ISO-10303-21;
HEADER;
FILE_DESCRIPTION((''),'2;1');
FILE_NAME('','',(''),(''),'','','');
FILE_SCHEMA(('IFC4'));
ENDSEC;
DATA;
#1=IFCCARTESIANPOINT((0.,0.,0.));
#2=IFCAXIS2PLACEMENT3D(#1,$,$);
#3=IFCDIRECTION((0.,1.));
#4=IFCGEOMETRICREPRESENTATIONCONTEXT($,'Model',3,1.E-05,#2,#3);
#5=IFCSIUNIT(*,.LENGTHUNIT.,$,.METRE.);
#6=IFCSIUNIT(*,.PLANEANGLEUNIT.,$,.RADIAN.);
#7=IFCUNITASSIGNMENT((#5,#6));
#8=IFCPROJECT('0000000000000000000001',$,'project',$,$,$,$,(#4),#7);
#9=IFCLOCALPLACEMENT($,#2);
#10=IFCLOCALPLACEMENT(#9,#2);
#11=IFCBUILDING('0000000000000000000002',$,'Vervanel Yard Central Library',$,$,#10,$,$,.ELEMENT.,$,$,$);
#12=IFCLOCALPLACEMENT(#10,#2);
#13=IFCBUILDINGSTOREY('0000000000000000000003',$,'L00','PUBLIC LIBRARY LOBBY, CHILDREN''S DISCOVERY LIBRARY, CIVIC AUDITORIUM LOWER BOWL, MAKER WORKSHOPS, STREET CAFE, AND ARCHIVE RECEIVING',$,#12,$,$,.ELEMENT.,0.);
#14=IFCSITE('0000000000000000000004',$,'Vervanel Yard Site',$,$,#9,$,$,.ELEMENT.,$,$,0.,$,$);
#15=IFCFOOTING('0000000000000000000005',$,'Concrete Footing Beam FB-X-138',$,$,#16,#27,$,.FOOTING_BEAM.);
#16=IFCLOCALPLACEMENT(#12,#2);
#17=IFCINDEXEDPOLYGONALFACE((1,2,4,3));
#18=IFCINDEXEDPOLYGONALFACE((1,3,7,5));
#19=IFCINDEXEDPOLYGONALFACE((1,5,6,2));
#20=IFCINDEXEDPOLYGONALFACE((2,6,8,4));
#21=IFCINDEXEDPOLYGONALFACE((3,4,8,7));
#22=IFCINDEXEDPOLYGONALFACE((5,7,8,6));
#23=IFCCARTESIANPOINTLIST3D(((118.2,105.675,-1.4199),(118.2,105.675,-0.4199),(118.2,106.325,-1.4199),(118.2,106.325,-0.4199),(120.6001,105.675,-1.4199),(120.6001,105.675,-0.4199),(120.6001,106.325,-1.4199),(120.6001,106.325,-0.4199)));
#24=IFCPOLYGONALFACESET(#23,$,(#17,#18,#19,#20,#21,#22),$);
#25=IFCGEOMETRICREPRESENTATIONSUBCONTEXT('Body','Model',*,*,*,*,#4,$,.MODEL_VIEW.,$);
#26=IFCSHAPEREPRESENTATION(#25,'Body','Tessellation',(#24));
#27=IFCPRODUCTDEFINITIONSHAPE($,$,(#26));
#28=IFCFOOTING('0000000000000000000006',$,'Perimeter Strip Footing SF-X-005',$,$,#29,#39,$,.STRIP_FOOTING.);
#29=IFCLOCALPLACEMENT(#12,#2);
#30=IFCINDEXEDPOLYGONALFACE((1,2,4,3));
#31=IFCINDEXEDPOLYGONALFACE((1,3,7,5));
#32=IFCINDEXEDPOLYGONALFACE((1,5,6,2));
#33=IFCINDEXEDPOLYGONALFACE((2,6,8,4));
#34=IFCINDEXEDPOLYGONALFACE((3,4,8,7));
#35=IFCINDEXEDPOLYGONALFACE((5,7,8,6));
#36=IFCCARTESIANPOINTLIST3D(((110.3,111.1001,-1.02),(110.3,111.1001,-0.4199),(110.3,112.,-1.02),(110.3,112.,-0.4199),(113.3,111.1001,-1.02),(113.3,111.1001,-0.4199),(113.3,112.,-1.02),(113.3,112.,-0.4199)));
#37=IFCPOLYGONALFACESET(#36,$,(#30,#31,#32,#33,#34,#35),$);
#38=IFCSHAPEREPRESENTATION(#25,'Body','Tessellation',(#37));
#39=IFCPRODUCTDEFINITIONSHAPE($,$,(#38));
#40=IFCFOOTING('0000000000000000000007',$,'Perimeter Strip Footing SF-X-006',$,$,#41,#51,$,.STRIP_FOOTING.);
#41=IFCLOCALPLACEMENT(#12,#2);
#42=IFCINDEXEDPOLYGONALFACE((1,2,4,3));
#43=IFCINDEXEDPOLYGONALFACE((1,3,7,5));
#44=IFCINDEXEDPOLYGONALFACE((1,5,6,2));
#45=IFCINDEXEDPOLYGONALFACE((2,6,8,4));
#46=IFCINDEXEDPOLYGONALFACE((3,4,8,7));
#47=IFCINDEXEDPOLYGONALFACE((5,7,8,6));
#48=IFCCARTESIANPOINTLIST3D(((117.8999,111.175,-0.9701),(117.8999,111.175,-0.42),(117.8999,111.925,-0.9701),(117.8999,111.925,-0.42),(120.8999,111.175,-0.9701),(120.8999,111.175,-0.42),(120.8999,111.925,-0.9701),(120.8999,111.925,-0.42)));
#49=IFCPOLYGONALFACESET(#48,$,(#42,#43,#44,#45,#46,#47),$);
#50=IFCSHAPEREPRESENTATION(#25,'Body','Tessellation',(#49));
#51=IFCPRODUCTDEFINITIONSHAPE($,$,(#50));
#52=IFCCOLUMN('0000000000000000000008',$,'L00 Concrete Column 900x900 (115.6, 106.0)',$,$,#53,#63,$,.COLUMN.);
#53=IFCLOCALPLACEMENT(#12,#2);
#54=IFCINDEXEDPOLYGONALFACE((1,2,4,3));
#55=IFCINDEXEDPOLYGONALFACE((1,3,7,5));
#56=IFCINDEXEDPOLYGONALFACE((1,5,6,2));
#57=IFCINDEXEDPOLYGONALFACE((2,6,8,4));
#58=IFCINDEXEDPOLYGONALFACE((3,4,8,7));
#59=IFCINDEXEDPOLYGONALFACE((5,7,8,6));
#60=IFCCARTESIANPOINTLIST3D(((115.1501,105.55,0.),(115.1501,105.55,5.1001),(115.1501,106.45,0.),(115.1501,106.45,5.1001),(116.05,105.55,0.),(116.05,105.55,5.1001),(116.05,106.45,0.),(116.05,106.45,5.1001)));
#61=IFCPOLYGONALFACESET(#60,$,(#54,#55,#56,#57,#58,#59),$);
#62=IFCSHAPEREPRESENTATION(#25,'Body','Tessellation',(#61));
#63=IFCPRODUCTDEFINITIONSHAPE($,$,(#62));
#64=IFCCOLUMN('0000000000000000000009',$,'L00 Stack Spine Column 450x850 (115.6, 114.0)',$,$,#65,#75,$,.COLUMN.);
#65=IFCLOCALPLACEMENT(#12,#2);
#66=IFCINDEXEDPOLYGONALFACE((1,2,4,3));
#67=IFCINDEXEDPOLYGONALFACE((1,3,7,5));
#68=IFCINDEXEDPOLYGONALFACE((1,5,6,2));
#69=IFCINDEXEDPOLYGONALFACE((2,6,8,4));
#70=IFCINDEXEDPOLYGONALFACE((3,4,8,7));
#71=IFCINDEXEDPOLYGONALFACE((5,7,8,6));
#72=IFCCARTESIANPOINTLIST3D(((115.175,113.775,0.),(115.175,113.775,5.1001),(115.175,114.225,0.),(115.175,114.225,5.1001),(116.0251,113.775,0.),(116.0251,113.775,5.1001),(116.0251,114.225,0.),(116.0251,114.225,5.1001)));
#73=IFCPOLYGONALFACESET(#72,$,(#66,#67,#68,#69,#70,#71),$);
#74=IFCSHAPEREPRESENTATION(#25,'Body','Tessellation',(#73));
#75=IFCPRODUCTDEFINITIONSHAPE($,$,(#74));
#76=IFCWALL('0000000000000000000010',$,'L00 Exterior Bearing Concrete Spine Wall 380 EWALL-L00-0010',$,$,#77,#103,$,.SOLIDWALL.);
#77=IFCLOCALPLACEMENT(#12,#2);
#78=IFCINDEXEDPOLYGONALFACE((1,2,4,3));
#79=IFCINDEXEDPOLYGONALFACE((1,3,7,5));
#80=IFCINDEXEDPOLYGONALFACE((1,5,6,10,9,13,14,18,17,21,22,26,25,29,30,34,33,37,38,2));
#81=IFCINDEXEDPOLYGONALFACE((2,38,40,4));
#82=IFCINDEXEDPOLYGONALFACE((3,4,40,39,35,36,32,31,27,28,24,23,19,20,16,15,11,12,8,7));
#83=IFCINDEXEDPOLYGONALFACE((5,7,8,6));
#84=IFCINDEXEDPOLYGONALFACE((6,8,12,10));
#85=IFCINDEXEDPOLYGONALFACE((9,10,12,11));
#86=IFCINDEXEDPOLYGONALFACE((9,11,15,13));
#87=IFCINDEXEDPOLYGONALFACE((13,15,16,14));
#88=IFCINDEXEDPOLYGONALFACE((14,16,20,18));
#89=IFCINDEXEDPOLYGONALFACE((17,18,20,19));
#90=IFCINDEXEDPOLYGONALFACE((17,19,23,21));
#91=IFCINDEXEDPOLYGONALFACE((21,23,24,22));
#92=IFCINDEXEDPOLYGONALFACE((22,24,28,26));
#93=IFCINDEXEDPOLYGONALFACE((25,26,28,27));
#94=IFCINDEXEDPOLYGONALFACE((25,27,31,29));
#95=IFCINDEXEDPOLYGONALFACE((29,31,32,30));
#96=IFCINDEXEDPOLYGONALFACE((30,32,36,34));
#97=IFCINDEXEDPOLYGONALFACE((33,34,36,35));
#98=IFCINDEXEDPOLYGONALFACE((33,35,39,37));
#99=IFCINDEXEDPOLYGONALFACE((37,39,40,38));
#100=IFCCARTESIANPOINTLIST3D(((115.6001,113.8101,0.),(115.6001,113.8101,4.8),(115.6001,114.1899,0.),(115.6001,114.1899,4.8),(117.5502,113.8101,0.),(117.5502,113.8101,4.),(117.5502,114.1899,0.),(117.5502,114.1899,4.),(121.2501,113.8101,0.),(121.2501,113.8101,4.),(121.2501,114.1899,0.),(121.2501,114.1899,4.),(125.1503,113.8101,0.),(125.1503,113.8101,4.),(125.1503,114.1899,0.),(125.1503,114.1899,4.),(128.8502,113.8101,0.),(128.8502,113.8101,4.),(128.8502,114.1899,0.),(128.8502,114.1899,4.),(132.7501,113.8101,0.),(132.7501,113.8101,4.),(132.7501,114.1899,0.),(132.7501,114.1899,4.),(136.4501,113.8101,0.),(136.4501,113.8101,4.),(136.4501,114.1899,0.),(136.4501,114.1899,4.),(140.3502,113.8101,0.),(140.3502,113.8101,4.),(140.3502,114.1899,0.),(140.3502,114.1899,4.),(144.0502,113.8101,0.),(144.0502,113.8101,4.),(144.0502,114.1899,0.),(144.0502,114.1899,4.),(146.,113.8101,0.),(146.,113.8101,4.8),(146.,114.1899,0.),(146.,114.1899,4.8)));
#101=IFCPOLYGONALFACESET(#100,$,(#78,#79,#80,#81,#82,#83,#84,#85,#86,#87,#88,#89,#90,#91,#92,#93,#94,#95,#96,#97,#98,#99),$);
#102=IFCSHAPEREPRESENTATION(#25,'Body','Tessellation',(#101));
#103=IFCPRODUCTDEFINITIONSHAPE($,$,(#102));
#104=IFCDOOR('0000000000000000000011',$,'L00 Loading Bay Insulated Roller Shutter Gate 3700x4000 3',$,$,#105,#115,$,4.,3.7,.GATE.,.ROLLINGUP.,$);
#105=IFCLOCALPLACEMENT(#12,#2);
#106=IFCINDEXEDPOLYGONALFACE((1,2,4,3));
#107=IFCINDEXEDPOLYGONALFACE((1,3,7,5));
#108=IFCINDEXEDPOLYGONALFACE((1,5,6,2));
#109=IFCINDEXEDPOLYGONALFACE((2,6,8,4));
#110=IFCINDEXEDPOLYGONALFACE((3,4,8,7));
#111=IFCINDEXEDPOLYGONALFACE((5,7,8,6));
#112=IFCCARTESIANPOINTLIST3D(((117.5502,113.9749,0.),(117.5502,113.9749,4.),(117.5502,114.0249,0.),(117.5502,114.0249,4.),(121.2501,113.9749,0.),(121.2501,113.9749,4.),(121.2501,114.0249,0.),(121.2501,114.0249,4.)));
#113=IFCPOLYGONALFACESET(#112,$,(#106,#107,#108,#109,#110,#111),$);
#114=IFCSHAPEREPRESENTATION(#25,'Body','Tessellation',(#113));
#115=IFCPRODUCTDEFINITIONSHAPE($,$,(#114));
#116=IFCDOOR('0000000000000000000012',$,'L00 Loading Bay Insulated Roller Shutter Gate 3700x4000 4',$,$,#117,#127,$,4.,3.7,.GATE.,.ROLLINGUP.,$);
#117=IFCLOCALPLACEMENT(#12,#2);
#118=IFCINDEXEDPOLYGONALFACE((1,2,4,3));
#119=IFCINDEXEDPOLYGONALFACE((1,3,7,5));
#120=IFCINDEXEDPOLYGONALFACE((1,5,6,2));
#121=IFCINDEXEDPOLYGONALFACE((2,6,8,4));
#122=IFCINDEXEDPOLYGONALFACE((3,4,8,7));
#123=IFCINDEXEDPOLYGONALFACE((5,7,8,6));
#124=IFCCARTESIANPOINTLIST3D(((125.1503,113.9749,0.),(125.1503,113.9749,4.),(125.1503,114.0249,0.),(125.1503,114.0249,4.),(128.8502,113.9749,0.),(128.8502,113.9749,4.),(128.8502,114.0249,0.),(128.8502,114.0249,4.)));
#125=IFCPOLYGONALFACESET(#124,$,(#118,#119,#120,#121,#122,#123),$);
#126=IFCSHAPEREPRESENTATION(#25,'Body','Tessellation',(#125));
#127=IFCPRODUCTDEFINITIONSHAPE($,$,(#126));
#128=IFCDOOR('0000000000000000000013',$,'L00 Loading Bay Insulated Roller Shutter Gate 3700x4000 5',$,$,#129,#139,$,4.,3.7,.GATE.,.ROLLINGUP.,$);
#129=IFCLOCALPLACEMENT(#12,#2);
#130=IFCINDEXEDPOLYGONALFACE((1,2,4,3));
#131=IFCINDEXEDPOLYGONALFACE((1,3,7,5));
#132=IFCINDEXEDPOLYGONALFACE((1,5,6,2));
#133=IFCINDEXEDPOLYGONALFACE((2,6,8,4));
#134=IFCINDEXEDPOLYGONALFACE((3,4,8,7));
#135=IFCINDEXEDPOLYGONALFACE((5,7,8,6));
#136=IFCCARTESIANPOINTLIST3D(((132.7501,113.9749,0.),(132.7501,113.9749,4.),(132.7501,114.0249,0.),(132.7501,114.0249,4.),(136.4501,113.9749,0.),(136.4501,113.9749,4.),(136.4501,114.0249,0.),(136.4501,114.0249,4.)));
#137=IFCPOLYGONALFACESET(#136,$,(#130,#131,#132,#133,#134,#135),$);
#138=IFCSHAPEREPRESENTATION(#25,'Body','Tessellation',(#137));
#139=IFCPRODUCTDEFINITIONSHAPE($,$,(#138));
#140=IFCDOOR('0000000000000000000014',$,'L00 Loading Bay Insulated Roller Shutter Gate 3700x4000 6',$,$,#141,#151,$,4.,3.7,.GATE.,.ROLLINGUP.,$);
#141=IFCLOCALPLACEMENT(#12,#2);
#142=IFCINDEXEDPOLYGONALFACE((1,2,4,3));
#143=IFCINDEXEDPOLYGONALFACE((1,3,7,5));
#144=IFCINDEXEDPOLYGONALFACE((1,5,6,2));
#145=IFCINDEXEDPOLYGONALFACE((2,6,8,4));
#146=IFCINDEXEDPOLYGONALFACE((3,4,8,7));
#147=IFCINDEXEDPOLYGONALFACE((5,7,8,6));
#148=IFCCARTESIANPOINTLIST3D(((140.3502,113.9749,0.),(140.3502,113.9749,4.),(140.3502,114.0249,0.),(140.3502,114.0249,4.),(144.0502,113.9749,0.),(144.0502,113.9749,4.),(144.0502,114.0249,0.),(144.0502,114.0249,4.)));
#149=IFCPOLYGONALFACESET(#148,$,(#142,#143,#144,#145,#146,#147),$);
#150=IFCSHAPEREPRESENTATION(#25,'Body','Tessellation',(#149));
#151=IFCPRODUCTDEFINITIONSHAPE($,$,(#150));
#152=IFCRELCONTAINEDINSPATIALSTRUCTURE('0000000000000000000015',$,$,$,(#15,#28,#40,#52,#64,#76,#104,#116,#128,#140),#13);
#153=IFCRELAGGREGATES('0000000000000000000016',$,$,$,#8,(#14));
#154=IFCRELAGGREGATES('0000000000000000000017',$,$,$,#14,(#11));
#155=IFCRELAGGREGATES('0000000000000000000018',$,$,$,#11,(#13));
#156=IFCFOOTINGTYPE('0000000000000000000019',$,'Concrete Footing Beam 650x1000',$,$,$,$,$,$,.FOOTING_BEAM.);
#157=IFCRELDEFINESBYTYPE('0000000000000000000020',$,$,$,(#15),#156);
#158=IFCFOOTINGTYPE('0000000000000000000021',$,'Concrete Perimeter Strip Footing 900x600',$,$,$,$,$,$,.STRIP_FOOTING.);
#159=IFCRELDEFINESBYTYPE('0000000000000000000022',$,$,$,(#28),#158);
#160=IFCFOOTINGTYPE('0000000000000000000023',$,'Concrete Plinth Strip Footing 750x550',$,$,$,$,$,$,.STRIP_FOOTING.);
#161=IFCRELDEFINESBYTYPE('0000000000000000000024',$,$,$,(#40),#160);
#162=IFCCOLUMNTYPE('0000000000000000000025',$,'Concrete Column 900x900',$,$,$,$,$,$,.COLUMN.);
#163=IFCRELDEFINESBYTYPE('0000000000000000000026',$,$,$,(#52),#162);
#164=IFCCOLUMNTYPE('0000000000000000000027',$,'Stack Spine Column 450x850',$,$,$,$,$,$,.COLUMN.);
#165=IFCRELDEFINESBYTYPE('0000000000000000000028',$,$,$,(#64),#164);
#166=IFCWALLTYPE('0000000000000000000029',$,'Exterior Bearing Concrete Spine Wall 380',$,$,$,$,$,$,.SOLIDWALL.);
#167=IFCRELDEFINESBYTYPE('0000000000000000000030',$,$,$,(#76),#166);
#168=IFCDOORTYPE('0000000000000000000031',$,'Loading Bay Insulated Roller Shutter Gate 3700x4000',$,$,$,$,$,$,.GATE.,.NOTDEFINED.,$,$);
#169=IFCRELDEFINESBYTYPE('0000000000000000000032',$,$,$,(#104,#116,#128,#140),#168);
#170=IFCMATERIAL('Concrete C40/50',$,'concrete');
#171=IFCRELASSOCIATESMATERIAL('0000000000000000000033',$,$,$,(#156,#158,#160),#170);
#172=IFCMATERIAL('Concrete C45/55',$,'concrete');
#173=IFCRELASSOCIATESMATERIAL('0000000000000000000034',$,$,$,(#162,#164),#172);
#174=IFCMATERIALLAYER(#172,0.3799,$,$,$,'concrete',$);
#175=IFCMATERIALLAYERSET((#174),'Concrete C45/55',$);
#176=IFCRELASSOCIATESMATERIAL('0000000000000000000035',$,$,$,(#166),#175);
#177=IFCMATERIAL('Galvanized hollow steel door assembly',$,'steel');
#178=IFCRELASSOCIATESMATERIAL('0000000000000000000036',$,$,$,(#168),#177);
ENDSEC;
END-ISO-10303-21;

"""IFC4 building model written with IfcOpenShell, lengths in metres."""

from ifc_helpers import new_model, si_unit, direction, frame, frame_2d, origin, origin_2d, place, context, subcontext, project, spatial, rectangle, extrude, material, layer, layer_set, material_profile, profile_set, type_object, element, fill, save


model = new_model("IFC4")

# Units and contexts
model_context = context("Model", 3, precision=1e-05, world=origin(), true_north=direction((0.0, 1.0)))
body_context = subcontext(model_context, "Body", "Model", "MODEL_VIEW")
ifc_project = project(units=[si_unit("LENGTHUNIT", "METRE"), si_unit("PLANEANGLEUNIT", "RADIAN")], contexts=[model_context])

# Site, building, storey
site_placement = place(None, origin())
site = spatial("IfcSite", under=ifc_project, at=site_placement, Name="Vervanel Yard Site", CompositionType="ELEMENT", RefElevation=0.0)
building_placement = place(site_placement, origin())
building = spatial("IfcBuilding", under=site, at=building_placement, Name="Vervanel Yard Central Library", CompositionType="ELEMENT")
storey_placement = place(building_placement, origin())
storey = spatial("IfcBuildingStorey", under=building, at=storey_placement, Name="L00", Description="PUBLIC LIBRARY LOBBY, CHILDREN'S DISCOVERY LIBRARY, CIVIC AUDITORIUM LOWER BOWL, MAKER WORKSHOPS, STREET CAFE, AND ARCHIVE RECEIVING", CompositionType="ELEMENT", Elevation=0.0)

# Shared definitions
ifc_material_1 = material(Name="Concrete C40/50", Category="concrete")

# Footings
ifc_material_profile_1 = material_profile(ifc_material_1, rectangle(XDim=0.6499, YDim=1.0, at=origin_2d()), Name="RC 650x1000", Category="concrete")
ifc_profile_set_1 = profile_set([ifc_material_profile_1], Name="Concrete C40/50")
footing_type_1 = type_object("IfcFootingType", Name="Concrete Footing Beam 650x1000", PredefinedType="FOOTING_BEAM", material=ifc_profile_set_1)
footing_1_placement = place(storey_placement, frame((118.2, 106.0, -0.9199), z_axis=(1.0, 0.0, 0.0), x_axis=(0.0, 1.0, 0.0)))
element("IfcFooting", 1, at=footing_1_placement, inside=storey, type_object=footing_type_1, Name="Concrete Footing Beam FB-X-138", PredefinedType="FOOTING_BEAM", context=body_context, shape_type="SweptSolid", body=[
    extrude(rectangle(XDim=0.6499, YDim=1.0, at=origin_2d()), origin(), (0.0, 0.0, 1.0), 2.4001),
])
ifc_material_profile_2 = material_profile(ifc_material_1, rectangle(XDim=0.8999, YDim=0.6001, at=origin_2d()), Name="RC 900x600", Category="concrete")
ifc_profile_set_2 = profile_set([ifc_material_profile_2], Name="Concrete C40/50")
footing_type_2 = type_object("IfcFootingType", Name="Concrete Perimeter Strip Footing 900x600", PredefinedType="STRIP_FOOTING", material=ifc_profile_set_2)
footing_2_placement = place(storey_placement, frame((110.3, 111.55, -0.72), z_axis=(1.0, 0.0, 0.0), x_axis=(0.0, 1.0, 0.0)))
element("IfcFooting", 2, at=footing_2_placement, inside=storey, type_object=footing_type_2, Name="Perimeter Strip Footing SF-X-005", PredefinedType="STRIP_FOOTING", context=body_context, shape_type="SweptSolid", body=[
    extrude(rectangle(XDim=0.8999, YDim=0.6001, at=origin_2d()), origin(), (0.0, 0.0, 1.0), 3.0),
])
ifc_material_profile_3 = material_profile(ifc_material_1, rectangle(XDim=0.75, YDim=0.55, at=origin_2d()), Name="RC 750x550", Category="concrete")
ifc_profile_set_3 = profile_set([ifc_material_profile_3], Name="Concrete C40/50")
footing_type_3 = type_object("IfcFootingType", Name="Concrete Plinth Strip Footing 750x550", PredefinedType="STRIP_FOOTING", material=ifc_profile_set_3)
footing_3_placement = place(storey_placement, frame((117.8999, 111.55, -0.6951), z_axis=(1.0, 0.0, 0.0), x_axis=(0.0, 1.0, 0.0)))
element("IfcFooting", 3, at=footing_3_placement, inside=storey, type_object=footing_type_3, Name="Perimeter Strip Footing SF-X-006", PredefinedType="STRIP_FOOTING", context=body_context, shape_type="SweptSolid", body=[
    extrude(rectangle(XDim=0.75, YDim=0.55, at=origin_2d()), origin(), (0.0, 0.0, 1.0), 3.0),
])

# Columns
ifc_material_2 = material(Name="Concrete C45/55", Category="concrete")
ifc_material_profile_4 = material_profile(ifc_material_2, rectangle(XDim=0.8999, YDim=0.8999, at=origin_2d()), Name="RC 900x900", Category="concrete")
ifc_profile_set_4 = profile_set([ifc_material_profile_4], Name="Concrete C45/55")
column_type_1 = type_object("IfcColumnType", Name="Concrete Column 900x900", PredefinedType="COLUMN", material=ifc_profile_set_4)
column_1_placement = place(storey_placement, frame((115.6001, 106.0, 0.0), z_axis=(0.0, 0.0, 1.0), x_axis=(1.0, 0.0, 0.0)))
element("IfcColumn", 4, at=column_1_placement, inside=storey, type_object=column_type_1, Name="L00 Concrete Column 900x900 (115.6, 106.0)", PredefinedType="COLUMN", context=body_context, shape_type="SweptSolid", body=[
    extrude(rectangle(XDim=0.8999, YDim=0.8999, at=origin_2d()), origin(), (0.0, 0.0, 1.0), 5.1001),
])
ifc_material_profile_5 = material_profile(ifc_material_2, rectangle(XDim=0.45, YDim=0.8501, at=origin_2d()), Name="RC 450x850", Category="concrete")
ifc_profile_set_5 = profile_set([ifc_material_profile_5], Name="Concrete C45/55")
column_type_2 = type_object("IfcColumnType", Name="Stack Spine Column 450x850", PredefinedType="COLUMN", material=ifc_profile_set_5)
column_2_placement = place(storey_placement, frame((115.6001, 114.0, 0.0), z_axis=(0.0, 0.0, 1.0), x_axis=(0.0, 1.0, 0.0)))
element("IfcColumn", 5, at=column_2_placement, inside=storey, type_object=column_type_2, Name="L00 Stack Spine Column 450x850 (115.6, 114.0)", PredefinedType="COLUMN", context=body_context, shape_type="SweptSolid", body=[
    extrude(rectangle(XDim=0.45, YDim=0.8501, at=origin_2d()), origin(), (0.0, 0.0, 1.0), 5.1001),
])

# Wall, openings, doors
ifc_layer_1 = layer(ifc_material_2, 0.3799, Category="concrete")
ifc_layer_set_1 = layer_set([ifc_layer_1], Name="Concrete C45/55")
wall_type = type_object("IfcWallType", Name="Exterior Bearing Concrete Spine Wall 380", PredefinedType="SOLIDWALL", material=ifc_layer_set_1)
wall_placement = place(storey_placement, frame((115.6001, 114.0, 0.0), z_axis=(0.0, 0.0, 1.0), x_axis=(1.0, 0.0, 0.0)))
wall = element("IfcWall", 6, at=wall_placement, inside=storey, type_object=wall_type, Name="L00 Exterior Bearing Concrete Spine Wall 380 EWALL-L00-0010", PredefinedType="SOLIDWALL", context=body_context, shape_type="SweptSolid", body=[
    extrude(rectangle(XDim=30.3999, YDim=0.3799, at=frame_2d((15.2, 0.0))), origin(), (0.0, 0.0, 1.0), 4.8),
])
opening_1_placement = place(wall_placement, frame((1.95, 0.0, 0.0)))
opening_1 = element("IfcOpeningElement", 7, at=opening_1_placement, cuts=wall, PredefinedType="OPENING", context=body_context, shape_type="SweptSolid", body=[
    extrude(rectangle(XDim=3.7, YDim=4.0, at=frame_2d((1.8501, 2.0))), frame((0.0, 0.2, 0.0), z_axis=(0.0, -1.0, 0.0), x_axis=(1.0, 0.0, 0.0)), (0.0, 0.0, 1.0), 0.3999),
])
opening_2_placement = place(wall_placement, frame((9.55, 0.0, 0.0)))
opening_2 = element("IfcOpeningElement", 8, at=opening_2_placement, cuts=wall, PredefinedType="OPENING", context=body_context, shape_type="SweptSolid", body=[
    extrude(rectangle(XDim=3.7, YDim=4.0, at=frame_2d((1.8501, 2.0))), frame((0.0, 0.2, 0.0), z_axis=(0.0, -1.0, 0.0), x_axis=(1.0, 0.0, 0.0)), (0.0, 0.0, 1.0), 0.3999),
])
opening_3_placement = place(wall_placement, frame((17.1499, 0.0, 0.0)))
opening_3 = element("IfcOpeningElement", 9, at=opening_3_placement, cuts=wall, PredefinedType="OPENING", context=body_context, shape_type="SweptSolid", body=[
    extrude(rectangle(XDim=3.7, YDim=4.0, at=frame_2d((1.8501, 2.0))), frame((0.0, 0.2, 0.0), z_axis=(0.0, -1.0, 0.0), x_axis=(1.0, 0.0, 0.0)), (0.0, 0.0, 1.0), 0.3999),
])
opening_4_placement = place(wall_placement, frame((24.75, 0.0, 0.0)))
opening_4 = element("IfcOpeningElement", 10, at=opening_4_placement, cuts=wall, PredefinedType="OPENING", context=body_context, shape_type="SweptSolid", body=[
    extrude(rectangle(XDim=3.7, YDim=4.0, at=frame_2d((1.8501, 2.0))), frame((0.0, 0.2, 0.0), z_axis=(0.0, -1.0, 0.0), x_axis=(1.0, 0.0, 0.0)), (0.0, 0.0, 1.0), 0.3999),
])
ifc_material_3 = material(Name="Galvanized hollow steel door assembly", Category="steel")
door_type = type_object("IfcDoorType", Name="Loading Bay Insulated Roller Shutter Gate 3700x4000", OperationType="NOTDEFINED", PredefinedType="GATE", material=ifc_material_3)
door_1_placement = place(opening_1_placement, origin())
door_1 = element("IfcDoor", 11, at=door_1_placement, inside=storey, type_object=door_type, Name="L00 Loading Bay Insulated Roller Shutter Gate 3700x4000 3", OperationType="ROLLINGUP", OverallHeight=4.0, OverallWidth=3.7, PredefinedType="GATE", context=body_context, shape_type="SweptSolid", body=[
    extrude(rectangle(XDim=3.7, YDim=4.0, at=frame_2d((1.8501, 2.0))), frame((0.0, 0.0249, 0.0), z_axis=(0.0, -1.0, 0.0), x_axis=(1.0, 0.0, 0.0)), (0.0, 0.0, 1.0), 0.05),
])
fill(opening_1, door_1)
door_2_placement = place(opening_2_placement, origin())
door_2 = element("IfcDoor", 12, at=door_2_placement, inside=storey, type_object=door_type, Name="L00 Loading Bay Insulated Roller Shutter Gate 3700x4000 4", OperationType="ROLLINGUP", OverallHeight=4.0, OverallWidth=3.7, PredefinedType="GATE", context=body_context, shape_type="SweptSolid", body=[
    extrude(rectangle(XDim=3.7, YDim=4.0, at=frame_2d((1.8501, 2.0))), frame((0.0, 0.0249, 0.0), z_axis=(0.0, -1.0, 0.0), x_axis=(1.0, 0.0, 0.0)), (0.0, 0.0, 1.0), 0.05),
])
fill(opening_2, door_2)
door_3_placement = place(opening_3_placement, origin())
door_3 = element("IfcDoor", 13, at=door_3_placement, inside=storey, type_object=door_type, Name="L00 Loading Bay Insulated Roller Shutter Gate 3700x4000 5", OperationType="ROLLINGUP", OverallHeight=4.0, OverallWidth=3.7, PredefinedType="GATE", context=body_context, shape_type="SweptSolid", body=[
    extrude(rectangle(XDim=3.7, YDim=4.0, at=frame_2d((1.8501, 2.0))), frame((0.0, 0.0249, 0.0), z_axis=(0.0, -1.0, 0.0), x_axis=(1.0, 0.0, 0.0)), (0.0, 0.0, 1.0), 0.05),
])
fill(opening_3, door_3)
door_4_placement = place(opening_4_placement, origin())
door_4 = element("IfcDoor", 14, at=door_4_placement, inside=storey, type_object=door_type, Name="L00 Loading Bay Insulated Roller Shutter Gate 3700x4000 6", OperationType="ROLLINGUP", OverallHeight=4.0, OverallWidth=3.7, PredefinedType="GATE", context=body_context, shape_type="SweptSolid", body=[
    extrude(rectangle(XDim=3.7, YDim=4.0, at=frame_2d((1.8501, 2.0))), frame((0.0, 0.0249, 0.0), z_axis=(0.0, -1.0, 0.0), x_axis=(1.0, 0.0, 0.0)), (0.0, 0.0, 1.0), 0.05),
])
fill(opening_4, door_4)

save(model, "model.ifc")
